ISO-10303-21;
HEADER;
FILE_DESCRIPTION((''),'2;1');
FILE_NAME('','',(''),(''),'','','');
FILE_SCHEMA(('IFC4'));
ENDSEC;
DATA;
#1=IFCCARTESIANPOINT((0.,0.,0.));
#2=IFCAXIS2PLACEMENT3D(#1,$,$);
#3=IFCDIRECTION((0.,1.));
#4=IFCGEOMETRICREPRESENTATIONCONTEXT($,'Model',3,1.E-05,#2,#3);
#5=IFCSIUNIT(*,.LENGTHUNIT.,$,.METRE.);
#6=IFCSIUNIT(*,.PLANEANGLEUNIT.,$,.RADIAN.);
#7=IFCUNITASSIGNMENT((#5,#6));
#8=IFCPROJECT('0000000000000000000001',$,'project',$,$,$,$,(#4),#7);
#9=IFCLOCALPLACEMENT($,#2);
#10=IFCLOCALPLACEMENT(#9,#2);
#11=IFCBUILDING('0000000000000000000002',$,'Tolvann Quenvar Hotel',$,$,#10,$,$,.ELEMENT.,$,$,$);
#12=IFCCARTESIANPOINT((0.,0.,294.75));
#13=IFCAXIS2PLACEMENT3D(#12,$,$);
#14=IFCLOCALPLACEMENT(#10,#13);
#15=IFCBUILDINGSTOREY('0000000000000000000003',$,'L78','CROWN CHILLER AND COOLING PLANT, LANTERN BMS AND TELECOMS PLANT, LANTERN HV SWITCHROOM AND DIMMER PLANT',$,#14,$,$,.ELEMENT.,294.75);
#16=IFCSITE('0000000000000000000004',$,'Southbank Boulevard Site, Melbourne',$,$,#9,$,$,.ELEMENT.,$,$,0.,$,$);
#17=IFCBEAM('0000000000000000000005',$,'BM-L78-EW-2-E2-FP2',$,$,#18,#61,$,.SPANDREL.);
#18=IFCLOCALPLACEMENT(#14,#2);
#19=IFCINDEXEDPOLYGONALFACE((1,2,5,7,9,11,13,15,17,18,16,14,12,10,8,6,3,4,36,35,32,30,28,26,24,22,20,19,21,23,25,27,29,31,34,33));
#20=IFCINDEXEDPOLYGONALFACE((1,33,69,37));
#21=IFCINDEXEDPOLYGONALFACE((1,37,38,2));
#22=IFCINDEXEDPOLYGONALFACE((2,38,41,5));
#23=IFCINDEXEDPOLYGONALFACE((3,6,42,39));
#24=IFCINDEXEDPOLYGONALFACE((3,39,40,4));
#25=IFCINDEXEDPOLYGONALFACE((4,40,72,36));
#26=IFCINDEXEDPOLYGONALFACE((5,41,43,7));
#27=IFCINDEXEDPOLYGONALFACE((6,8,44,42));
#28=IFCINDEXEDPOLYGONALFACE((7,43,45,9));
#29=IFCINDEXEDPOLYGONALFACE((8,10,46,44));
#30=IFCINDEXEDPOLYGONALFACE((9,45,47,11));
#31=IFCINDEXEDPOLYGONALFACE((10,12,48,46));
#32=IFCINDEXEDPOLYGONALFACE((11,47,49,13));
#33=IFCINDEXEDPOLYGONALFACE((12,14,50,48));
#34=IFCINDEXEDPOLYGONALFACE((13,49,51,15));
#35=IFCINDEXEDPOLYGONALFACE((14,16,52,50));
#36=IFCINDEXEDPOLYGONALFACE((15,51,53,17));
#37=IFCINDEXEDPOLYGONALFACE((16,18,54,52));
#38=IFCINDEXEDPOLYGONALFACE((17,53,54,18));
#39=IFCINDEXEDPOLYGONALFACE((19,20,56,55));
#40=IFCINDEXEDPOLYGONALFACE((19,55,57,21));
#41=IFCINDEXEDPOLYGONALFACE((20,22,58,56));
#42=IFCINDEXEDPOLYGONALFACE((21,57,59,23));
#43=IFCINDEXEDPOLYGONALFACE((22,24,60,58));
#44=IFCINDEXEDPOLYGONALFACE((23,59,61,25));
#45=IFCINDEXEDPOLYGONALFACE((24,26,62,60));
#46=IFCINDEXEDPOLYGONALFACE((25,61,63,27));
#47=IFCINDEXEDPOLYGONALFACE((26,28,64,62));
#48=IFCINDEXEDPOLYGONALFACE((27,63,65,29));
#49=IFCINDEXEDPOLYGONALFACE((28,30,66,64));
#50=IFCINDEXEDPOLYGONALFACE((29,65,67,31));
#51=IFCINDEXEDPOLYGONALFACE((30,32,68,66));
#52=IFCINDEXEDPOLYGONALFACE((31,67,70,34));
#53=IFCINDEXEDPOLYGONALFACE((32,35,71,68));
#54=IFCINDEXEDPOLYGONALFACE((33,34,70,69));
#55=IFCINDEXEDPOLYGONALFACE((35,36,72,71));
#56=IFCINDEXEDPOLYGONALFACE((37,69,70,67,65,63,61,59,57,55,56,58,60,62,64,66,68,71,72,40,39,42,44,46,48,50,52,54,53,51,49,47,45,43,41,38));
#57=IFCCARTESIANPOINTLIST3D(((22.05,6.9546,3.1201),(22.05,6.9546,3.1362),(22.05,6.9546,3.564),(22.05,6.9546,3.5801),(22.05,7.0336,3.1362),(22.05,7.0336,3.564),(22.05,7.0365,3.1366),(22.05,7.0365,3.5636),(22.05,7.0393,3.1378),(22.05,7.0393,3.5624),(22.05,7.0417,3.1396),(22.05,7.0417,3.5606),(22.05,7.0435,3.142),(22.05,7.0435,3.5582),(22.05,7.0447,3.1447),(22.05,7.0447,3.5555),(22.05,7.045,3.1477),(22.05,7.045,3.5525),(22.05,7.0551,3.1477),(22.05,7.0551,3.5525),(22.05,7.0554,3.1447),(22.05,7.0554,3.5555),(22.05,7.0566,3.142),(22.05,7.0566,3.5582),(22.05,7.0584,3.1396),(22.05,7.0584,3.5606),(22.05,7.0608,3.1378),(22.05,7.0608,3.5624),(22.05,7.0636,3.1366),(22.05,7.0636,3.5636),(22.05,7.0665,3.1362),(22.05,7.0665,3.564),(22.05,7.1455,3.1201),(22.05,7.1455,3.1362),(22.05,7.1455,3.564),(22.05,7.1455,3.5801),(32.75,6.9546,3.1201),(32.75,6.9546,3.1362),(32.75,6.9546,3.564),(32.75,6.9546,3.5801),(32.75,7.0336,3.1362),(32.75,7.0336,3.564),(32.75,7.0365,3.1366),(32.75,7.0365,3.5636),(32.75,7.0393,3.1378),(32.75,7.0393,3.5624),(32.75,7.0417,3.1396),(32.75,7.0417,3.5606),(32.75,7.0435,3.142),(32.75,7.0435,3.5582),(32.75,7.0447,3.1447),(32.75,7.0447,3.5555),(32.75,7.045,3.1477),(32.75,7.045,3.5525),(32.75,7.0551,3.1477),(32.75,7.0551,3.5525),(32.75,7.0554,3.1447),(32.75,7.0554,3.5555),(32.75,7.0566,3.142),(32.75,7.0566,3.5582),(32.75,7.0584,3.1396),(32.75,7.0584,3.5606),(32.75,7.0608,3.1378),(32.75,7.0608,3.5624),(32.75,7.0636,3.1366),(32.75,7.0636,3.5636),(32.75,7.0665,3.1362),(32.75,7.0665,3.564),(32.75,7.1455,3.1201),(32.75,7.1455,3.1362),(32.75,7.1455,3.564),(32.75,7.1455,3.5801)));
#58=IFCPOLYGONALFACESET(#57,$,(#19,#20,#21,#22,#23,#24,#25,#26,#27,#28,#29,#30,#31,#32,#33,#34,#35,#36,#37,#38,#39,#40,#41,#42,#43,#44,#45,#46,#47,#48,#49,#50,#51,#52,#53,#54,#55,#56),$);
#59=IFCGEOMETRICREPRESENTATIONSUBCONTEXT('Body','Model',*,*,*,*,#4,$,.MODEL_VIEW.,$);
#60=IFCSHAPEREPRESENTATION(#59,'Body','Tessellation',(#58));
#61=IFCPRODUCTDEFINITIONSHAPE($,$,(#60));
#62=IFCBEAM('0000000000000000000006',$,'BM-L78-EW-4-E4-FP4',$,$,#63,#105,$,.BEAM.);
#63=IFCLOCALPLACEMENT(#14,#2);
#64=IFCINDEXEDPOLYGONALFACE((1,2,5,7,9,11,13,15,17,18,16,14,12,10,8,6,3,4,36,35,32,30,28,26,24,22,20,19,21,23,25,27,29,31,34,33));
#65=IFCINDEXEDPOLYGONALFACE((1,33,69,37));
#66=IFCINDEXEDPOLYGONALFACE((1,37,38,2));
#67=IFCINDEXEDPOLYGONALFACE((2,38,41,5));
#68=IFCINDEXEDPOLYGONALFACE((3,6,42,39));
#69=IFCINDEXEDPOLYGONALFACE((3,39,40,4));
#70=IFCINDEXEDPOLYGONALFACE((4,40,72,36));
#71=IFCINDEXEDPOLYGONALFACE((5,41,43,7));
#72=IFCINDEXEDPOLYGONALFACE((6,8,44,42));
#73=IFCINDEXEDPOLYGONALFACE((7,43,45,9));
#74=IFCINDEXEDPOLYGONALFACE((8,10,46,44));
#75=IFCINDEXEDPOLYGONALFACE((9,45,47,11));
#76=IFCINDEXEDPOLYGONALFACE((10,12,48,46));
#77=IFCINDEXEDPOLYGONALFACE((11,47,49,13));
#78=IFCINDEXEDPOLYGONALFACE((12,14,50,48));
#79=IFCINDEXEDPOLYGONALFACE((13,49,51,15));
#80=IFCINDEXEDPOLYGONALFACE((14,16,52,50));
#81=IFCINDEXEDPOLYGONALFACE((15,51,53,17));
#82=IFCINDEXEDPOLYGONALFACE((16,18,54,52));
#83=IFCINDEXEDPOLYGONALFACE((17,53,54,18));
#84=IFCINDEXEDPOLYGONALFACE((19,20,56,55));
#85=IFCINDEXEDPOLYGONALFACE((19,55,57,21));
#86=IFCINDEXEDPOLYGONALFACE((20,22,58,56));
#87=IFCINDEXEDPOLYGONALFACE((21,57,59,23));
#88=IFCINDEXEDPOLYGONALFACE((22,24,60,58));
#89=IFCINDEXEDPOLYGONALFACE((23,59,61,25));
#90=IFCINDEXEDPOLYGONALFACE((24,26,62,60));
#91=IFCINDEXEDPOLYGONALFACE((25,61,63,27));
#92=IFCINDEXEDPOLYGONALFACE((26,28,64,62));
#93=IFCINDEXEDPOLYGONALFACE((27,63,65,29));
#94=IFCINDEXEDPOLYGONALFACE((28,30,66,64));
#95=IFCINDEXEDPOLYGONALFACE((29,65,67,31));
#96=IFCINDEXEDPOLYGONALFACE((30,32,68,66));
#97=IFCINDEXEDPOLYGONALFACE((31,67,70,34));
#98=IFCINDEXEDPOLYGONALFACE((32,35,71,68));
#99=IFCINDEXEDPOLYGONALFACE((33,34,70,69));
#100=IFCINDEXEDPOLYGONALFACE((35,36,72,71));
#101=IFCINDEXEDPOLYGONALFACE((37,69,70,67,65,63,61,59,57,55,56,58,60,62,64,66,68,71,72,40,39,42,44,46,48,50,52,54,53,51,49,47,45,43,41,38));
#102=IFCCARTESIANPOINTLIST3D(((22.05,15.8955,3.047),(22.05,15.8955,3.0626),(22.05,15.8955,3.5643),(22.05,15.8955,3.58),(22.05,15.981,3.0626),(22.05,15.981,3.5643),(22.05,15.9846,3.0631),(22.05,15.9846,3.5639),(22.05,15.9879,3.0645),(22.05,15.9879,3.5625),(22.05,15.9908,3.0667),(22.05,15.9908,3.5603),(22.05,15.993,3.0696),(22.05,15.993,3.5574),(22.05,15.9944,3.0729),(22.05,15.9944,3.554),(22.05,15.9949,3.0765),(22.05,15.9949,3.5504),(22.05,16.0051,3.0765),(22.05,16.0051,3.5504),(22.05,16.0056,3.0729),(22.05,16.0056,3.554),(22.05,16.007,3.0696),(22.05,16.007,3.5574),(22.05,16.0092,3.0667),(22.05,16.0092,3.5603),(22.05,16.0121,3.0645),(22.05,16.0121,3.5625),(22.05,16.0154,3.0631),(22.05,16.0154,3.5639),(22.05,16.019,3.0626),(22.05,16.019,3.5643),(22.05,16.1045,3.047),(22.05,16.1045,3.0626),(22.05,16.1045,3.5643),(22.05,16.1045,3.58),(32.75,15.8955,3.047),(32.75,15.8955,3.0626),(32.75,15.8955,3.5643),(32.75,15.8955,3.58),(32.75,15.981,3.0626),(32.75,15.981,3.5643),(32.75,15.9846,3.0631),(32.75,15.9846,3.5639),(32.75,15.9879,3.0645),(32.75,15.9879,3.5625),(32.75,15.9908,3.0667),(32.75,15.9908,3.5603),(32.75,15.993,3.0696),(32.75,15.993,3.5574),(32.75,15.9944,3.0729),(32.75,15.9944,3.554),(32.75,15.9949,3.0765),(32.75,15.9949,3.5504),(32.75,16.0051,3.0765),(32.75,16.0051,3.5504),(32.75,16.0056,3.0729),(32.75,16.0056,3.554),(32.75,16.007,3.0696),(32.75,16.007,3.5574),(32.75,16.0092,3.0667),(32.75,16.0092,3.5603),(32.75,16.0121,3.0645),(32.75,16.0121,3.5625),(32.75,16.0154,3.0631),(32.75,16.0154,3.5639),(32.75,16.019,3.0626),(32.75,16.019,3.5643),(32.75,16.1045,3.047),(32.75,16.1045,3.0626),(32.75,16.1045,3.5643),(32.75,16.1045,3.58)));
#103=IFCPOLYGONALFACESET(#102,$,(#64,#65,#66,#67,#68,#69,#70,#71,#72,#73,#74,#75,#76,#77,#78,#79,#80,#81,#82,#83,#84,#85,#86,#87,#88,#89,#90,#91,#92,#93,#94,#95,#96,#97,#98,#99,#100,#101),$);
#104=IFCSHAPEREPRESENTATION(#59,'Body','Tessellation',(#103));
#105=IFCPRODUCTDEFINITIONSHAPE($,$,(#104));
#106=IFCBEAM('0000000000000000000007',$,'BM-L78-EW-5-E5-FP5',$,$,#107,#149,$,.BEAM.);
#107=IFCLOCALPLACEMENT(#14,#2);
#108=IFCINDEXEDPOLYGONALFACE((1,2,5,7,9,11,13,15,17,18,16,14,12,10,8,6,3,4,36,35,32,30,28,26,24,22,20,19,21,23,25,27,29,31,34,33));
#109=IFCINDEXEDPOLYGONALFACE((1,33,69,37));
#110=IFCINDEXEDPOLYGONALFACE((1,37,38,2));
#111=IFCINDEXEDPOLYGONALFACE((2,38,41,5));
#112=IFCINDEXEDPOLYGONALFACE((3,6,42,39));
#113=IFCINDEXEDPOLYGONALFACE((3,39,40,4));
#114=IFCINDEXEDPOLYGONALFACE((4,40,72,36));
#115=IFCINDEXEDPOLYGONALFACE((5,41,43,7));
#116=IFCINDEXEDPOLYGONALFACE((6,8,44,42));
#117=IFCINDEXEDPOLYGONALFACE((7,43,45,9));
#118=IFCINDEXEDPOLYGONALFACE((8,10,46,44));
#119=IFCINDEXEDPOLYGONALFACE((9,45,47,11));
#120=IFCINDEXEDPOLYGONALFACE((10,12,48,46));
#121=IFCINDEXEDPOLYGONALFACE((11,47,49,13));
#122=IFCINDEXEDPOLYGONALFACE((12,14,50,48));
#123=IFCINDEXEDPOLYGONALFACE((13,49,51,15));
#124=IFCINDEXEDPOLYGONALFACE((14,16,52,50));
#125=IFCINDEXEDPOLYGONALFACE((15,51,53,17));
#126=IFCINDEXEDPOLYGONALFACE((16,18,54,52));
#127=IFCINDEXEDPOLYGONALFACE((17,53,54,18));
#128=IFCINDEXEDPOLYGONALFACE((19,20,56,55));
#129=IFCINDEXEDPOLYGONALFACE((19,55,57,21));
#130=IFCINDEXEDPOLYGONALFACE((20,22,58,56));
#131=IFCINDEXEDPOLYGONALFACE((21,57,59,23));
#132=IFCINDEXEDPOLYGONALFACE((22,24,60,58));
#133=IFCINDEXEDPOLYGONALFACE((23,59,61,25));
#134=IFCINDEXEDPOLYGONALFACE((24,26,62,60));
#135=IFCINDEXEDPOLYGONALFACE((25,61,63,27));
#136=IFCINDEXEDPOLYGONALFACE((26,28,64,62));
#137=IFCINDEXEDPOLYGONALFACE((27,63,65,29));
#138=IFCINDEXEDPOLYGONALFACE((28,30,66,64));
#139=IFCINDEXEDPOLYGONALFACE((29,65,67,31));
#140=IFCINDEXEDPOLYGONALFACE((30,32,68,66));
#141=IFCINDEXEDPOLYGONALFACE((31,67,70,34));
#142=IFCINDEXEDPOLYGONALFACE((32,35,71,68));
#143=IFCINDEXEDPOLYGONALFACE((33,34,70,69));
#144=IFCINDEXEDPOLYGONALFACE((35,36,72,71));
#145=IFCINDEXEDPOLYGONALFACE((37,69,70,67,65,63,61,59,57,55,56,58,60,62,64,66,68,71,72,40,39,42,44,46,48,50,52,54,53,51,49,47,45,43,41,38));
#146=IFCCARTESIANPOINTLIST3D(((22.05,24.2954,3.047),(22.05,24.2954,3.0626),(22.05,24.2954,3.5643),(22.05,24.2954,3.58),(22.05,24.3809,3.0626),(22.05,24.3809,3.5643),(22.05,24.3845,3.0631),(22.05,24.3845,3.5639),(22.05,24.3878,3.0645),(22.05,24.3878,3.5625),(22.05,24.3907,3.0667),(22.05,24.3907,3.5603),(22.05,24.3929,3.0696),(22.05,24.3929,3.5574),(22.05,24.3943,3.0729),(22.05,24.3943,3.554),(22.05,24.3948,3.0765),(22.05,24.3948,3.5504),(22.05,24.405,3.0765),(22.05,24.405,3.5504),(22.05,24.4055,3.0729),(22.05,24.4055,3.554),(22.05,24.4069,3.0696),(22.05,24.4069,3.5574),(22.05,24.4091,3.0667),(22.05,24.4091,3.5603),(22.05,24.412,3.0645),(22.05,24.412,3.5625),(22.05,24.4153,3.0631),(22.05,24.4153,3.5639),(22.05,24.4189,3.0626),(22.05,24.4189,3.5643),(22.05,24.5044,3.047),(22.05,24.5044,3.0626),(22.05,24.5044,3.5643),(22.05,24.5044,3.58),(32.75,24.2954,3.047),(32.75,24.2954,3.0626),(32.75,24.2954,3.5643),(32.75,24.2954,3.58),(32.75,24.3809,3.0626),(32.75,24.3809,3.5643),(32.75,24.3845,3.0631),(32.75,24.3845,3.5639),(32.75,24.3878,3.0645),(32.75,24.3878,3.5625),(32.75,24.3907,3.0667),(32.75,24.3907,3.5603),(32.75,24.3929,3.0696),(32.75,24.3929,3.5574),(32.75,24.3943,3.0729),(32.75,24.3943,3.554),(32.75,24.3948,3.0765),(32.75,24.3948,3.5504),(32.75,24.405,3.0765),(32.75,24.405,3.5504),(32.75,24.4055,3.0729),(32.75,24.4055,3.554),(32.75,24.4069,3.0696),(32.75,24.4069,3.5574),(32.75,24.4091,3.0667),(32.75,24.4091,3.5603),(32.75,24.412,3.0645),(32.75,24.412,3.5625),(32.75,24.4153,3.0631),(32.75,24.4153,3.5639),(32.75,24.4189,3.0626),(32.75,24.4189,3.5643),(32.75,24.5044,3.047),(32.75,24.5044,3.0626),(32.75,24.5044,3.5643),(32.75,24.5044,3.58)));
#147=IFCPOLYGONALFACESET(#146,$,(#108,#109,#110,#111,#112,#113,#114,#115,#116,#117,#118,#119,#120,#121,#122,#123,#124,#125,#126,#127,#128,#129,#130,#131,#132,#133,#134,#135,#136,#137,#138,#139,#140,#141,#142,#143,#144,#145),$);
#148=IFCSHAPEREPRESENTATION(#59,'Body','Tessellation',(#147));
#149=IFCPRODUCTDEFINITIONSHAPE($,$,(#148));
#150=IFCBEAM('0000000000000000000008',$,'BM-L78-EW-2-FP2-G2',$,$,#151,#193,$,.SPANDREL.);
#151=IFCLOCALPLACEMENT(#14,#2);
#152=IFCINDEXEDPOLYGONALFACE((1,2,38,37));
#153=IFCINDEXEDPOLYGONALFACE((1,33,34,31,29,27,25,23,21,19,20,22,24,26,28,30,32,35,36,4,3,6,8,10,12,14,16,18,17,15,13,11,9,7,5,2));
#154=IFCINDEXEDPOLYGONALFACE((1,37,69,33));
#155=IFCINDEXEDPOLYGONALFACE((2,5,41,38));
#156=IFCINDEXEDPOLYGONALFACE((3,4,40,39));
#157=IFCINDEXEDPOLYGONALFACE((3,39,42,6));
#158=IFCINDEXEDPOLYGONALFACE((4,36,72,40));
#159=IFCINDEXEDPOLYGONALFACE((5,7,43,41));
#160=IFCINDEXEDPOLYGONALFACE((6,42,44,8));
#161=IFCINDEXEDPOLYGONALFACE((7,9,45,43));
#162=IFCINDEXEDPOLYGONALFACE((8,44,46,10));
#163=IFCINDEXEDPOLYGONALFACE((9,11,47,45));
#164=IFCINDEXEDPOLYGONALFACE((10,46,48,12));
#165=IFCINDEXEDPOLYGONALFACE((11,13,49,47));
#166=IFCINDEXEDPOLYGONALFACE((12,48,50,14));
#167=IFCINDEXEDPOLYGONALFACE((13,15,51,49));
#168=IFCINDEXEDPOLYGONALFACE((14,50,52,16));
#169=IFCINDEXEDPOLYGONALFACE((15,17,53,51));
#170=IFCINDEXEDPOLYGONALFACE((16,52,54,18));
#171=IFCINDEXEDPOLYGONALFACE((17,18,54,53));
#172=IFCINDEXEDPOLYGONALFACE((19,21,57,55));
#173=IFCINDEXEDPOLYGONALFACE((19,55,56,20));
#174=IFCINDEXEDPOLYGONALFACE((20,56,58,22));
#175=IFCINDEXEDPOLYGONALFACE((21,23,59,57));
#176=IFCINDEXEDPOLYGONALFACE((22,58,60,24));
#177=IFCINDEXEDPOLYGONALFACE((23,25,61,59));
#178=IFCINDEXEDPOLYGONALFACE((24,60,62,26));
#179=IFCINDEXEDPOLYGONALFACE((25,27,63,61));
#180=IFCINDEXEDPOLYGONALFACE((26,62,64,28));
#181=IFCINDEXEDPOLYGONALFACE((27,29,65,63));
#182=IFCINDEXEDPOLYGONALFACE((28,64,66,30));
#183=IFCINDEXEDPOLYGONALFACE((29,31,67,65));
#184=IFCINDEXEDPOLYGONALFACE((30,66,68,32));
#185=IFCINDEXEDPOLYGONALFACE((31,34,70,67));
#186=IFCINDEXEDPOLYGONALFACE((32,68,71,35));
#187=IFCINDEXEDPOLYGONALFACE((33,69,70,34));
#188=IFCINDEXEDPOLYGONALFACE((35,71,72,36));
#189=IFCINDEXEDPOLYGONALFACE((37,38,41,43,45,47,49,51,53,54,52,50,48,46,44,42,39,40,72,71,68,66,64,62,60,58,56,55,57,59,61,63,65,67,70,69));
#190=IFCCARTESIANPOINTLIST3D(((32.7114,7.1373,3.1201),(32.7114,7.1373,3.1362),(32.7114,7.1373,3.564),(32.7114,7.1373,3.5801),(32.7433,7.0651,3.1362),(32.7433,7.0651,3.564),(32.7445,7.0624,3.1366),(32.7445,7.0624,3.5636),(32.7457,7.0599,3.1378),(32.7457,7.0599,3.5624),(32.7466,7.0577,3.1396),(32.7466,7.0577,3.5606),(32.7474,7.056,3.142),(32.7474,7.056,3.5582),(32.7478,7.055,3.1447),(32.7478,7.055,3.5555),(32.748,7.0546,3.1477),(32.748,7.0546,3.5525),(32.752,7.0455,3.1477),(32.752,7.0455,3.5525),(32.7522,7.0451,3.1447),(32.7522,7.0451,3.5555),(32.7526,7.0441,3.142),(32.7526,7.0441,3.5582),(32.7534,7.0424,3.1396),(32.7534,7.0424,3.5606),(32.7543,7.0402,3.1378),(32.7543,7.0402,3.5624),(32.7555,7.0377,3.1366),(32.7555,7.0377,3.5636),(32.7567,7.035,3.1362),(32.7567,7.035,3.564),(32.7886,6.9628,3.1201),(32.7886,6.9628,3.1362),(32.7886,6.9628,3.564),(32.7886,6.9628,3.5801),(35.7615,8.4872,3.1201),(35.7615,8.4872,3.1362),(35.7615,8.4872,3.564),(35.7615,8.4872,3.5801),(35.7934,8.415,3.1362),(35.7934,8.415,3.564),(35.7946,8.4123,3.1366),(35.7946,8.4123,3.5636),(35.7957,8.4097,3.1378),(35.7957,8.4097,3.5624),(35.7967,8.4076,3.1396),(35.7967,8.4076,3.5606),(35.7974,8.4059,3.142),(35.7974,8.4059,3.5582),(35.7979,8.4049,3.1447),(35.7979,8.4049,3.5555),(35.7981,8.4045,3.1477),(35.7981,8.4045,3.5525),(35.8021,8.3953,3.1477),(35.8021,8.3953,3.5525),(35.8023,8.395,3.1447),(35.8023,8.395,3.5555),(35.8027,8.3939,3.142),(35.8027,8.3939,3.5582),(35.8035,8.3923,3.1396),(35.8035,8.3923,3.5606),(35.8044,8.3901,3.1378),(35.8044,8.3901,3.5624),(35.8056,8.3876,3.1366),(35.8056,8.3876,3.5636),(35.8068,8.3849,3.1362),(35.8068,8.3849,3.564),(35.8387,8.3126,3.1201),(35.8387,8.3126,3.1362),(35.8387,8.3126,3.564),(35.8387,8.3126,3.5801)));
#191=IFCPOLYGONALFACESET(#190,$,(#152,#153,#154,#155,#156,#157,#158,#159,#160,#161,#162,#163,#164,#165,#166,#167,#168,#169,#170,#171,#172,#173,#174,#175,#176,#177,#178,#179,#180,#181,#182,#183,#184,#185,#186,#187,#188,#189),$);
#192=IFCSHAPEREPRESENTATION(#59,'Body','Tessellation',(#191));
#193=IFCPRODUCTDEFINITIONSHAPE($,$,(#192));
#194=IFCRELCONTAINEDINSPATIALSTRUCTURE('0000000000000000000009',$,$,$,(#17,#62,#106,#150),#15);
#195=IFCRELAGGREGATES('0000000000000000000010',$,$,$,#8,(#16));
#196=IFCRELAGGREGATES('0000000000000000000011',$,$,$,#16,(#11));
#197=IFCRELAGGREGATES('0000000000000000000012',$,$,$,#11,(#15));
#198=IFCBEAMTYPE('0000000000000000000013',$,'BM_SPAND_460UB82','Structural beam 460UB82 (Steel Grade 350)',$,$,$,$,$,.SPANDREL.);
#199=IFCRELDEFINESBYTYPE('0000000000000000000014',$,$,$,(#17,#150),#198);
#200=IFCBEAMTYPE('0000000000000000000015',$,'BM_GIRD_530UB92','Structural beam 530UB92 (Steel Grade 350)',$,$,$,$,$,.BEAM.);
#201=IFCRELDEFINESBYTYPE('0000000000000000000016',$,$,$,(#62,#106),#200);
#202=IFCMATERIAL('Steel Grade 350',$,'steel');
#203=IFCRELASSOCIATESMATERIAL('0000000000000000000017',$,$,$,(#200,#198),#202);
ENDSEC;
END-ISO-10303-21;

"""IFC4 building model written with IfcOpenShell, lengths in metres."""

from ifc_helpers import new_model, si_unit, direction, frame, origin, origin_2d, place, context, subcontext, project, spatial, i_section, extrude, source, transform, mapped, material, material_profile, profile_set, type_object, type_shapes, element, save


model = new_model("IFC4")

# Units and contexts
model_context = context("Model", 3, precision=1e-05, world=origin(), true_north=direction((0.0, 1.0)))
body_context = subcontext(model_context, "Body", "Model", "MODEL_VIEW")
ifc_project = project(units=[si_unit("LENGTHUNIT", "METRE"), si_unit("PLANEANGLEUNIT", "RADIAN")], contexts=[model_context])

# Site, building, storey
site_placement = place(None, origin())
site = spatial("IfcSite", under=ifc_project, at=site_placement, Name="Southbank Boulevard Site, Melbourne", CompositionType="ELEMENT", RefElevation=0.0)
building_placement = place(site_placement, origin())
building = spatial("IfcBuilding", under=site, at=building_placement, Name="Tolvann Quenvar Hotel", CompositionType="ELEMENT")
storey_placement = place(building_placement, frame((0.0, 0.0, 294.75)))
storey = spatial("IfcBuildingStorey", under=building, at=storey_placement, Name="L78", Description="CROWN CHILLER AND COOLING PLANT, LANTERN BMS AND TELECOMS PLANT, LANTERN HV SWITCHROOM AND DIMMER PLANT", CompositionType="ELEMENT", Elevation=294.75)

# Shared definitions
ifc_material_1 = material(Name="Steel Grade 350", Category="steel")

# Beams
ifc_material_profile_1 = material_profile(ifc_material_1, i_section(OverallWidth=0.209, OverallDepth=0.533, WebThickness=0.0103, FlangeThickness=0.0156, FilletRadius=0.0139, at=origin_2d()), Name="530UB92")
ifc_profile_set_1 = profile_set([ifc_material_profile_1], Name="Steel Grade 350")
beam_type_1 = type_object("IfcBeamType", Name="BM_GIRD_530UB92", Description="Structural beam 530UB92 (Steel Grade 350)", PredefinedType="BEAM", material=ifc_profile_set_1)
ifc_material_profile_2 = material_profile(ifc_material_1, i_section(OverallWidth=0.1909, OverallDepth=0.46, WebThickness=0.01, FlangeThickness=0.0161, FilletRadius=0.0115, at=origin_2d()), Name="460UB82")
ifc_profile_set_2 = profile_set([ifc_material_profile_2], Name="Steel Grade 350")
beam_type_2 = type_object("IfcBeamType", Name="BM_SPAND_460UB82", Description="Structural beam 460UB82 (Steel Grade 350)", PredefinedType="SPANDREL", material=ifc_profile_set_2)
shared_shape_1 = source(origin(), body_context, "Body", "SweptSolid", [
    extrude(i_section(OverallWidth=0.1909, OverallDepth=0.46, WebThickness=0.01, FlangeThickness=0.0161, FilletRadius=0.0115, at=origin_2d()), origin(), (0.0, 0.0, 1.0), 10.7),
])
beam_1_placement = place(storey_placement, frame((22.05, 7.05, 3.3501), z_axis=(1.0, 0.0, 0.0), x_axis=(0.0, 1.0, 0.0)))
element("IfcBeam", 1, at=beam_1_placement, inside=storey, type_object=beam_type_2, Name="BM-L78-EW-2-E2-FP2", PredefinedType="SPANDREL", context=body_context, shape_type="MappedRepresentation", body=[
    mapped(shared_shape_1, transform((0.0, 0.0, 0.0), x_axis=(1.0, 0.0, 0.0), y_axis=(0.0, 1.0, 0.0), z_axis=(0.0, 0.0, 1.0), scale=1.0)),
])
shared_shape_2 = source(origin(), body_context, "Body", "SweptSolid", [
    extrude(i_section(OverallWidth=0.209, OverallDepth=0.533, WebThickness=0.0103, FlangeThickness=0.0156, FilletRadius=0.0139, at=origin_2d()), origin(), (0.0, 0.0, 1.0), 10.7),
])
for number, where, z_axis, x_axis, name in (
    (2, (22.05, 16.0, 3.3135), (1.0, 0.0, 0.0), (0.0, 1.0, 0.0), "BM-L78-EW-4-E4-FP4"),
    (3, (22.05, 24.3999, 3.3135), (1.0, 0.0, 0.0), (0.0, 1.0, 0.0), "BM-L78-EW-5-E5-FP5"),
):
    element("IfcBeam", number, at=place(storey_placement, frame(where, z_axis=z_axis, x_axis=x_axis)), inside=storey, type_object=beam_type_1, Name=name, PredefinedType="BEAM", context=body_context, shape_type="MappedRepresentation", body=[
        mapped(shared_shape_2, transform((0.0, 0.0, 0.0), x_axis=(1.0, 0.0, 0.0), y_axis=(0.0, 1.0, 0.0), z_axis=(0.0, 0.0, 1.0), scale=1.0)),
    ])
shared_shape_3 = source(origin(), body_context, "Body", "SweptSolid", [
    extrude(i_section(OverallWidth=0.1909, OverallDepth=0.46, WebThickness=0.01, FlangeThickness=0.0161, FilletRadius=0.0115, at=origin_2d()), origin(), (0.0, 0.0, 1.0), 3.3354),
])
type_shapes(beam_type_2, [shared_shape_1, shared_shape_3])
beam_2_placement = place(storey_placement, frame((32.75, 7.05, 3.3501), z_axis=(0.914447, 0.404705, 0.0), x_axis=(-0.404705, 0.914447, 0.0)))
element("IfcBeam", 4, at=beam_2_placement, inside=storey, type_object=beam_type_2, Name="BM-L78-EW-2-FP2-G2", PredefinedType="SPANDREL", context=body_context, shape_type="MappedRepresentation", body=[
    mapped(shared_shape_3, transform((0.0, 0.0, 0.0), x_axis=(1.0, 0.0, 0.0), y_axis=(0.0, 1.0, 0.0), z_axis=(0.0, 0.0, 1.0), scale=1.0)),
])

save(model, "model.ifc")
